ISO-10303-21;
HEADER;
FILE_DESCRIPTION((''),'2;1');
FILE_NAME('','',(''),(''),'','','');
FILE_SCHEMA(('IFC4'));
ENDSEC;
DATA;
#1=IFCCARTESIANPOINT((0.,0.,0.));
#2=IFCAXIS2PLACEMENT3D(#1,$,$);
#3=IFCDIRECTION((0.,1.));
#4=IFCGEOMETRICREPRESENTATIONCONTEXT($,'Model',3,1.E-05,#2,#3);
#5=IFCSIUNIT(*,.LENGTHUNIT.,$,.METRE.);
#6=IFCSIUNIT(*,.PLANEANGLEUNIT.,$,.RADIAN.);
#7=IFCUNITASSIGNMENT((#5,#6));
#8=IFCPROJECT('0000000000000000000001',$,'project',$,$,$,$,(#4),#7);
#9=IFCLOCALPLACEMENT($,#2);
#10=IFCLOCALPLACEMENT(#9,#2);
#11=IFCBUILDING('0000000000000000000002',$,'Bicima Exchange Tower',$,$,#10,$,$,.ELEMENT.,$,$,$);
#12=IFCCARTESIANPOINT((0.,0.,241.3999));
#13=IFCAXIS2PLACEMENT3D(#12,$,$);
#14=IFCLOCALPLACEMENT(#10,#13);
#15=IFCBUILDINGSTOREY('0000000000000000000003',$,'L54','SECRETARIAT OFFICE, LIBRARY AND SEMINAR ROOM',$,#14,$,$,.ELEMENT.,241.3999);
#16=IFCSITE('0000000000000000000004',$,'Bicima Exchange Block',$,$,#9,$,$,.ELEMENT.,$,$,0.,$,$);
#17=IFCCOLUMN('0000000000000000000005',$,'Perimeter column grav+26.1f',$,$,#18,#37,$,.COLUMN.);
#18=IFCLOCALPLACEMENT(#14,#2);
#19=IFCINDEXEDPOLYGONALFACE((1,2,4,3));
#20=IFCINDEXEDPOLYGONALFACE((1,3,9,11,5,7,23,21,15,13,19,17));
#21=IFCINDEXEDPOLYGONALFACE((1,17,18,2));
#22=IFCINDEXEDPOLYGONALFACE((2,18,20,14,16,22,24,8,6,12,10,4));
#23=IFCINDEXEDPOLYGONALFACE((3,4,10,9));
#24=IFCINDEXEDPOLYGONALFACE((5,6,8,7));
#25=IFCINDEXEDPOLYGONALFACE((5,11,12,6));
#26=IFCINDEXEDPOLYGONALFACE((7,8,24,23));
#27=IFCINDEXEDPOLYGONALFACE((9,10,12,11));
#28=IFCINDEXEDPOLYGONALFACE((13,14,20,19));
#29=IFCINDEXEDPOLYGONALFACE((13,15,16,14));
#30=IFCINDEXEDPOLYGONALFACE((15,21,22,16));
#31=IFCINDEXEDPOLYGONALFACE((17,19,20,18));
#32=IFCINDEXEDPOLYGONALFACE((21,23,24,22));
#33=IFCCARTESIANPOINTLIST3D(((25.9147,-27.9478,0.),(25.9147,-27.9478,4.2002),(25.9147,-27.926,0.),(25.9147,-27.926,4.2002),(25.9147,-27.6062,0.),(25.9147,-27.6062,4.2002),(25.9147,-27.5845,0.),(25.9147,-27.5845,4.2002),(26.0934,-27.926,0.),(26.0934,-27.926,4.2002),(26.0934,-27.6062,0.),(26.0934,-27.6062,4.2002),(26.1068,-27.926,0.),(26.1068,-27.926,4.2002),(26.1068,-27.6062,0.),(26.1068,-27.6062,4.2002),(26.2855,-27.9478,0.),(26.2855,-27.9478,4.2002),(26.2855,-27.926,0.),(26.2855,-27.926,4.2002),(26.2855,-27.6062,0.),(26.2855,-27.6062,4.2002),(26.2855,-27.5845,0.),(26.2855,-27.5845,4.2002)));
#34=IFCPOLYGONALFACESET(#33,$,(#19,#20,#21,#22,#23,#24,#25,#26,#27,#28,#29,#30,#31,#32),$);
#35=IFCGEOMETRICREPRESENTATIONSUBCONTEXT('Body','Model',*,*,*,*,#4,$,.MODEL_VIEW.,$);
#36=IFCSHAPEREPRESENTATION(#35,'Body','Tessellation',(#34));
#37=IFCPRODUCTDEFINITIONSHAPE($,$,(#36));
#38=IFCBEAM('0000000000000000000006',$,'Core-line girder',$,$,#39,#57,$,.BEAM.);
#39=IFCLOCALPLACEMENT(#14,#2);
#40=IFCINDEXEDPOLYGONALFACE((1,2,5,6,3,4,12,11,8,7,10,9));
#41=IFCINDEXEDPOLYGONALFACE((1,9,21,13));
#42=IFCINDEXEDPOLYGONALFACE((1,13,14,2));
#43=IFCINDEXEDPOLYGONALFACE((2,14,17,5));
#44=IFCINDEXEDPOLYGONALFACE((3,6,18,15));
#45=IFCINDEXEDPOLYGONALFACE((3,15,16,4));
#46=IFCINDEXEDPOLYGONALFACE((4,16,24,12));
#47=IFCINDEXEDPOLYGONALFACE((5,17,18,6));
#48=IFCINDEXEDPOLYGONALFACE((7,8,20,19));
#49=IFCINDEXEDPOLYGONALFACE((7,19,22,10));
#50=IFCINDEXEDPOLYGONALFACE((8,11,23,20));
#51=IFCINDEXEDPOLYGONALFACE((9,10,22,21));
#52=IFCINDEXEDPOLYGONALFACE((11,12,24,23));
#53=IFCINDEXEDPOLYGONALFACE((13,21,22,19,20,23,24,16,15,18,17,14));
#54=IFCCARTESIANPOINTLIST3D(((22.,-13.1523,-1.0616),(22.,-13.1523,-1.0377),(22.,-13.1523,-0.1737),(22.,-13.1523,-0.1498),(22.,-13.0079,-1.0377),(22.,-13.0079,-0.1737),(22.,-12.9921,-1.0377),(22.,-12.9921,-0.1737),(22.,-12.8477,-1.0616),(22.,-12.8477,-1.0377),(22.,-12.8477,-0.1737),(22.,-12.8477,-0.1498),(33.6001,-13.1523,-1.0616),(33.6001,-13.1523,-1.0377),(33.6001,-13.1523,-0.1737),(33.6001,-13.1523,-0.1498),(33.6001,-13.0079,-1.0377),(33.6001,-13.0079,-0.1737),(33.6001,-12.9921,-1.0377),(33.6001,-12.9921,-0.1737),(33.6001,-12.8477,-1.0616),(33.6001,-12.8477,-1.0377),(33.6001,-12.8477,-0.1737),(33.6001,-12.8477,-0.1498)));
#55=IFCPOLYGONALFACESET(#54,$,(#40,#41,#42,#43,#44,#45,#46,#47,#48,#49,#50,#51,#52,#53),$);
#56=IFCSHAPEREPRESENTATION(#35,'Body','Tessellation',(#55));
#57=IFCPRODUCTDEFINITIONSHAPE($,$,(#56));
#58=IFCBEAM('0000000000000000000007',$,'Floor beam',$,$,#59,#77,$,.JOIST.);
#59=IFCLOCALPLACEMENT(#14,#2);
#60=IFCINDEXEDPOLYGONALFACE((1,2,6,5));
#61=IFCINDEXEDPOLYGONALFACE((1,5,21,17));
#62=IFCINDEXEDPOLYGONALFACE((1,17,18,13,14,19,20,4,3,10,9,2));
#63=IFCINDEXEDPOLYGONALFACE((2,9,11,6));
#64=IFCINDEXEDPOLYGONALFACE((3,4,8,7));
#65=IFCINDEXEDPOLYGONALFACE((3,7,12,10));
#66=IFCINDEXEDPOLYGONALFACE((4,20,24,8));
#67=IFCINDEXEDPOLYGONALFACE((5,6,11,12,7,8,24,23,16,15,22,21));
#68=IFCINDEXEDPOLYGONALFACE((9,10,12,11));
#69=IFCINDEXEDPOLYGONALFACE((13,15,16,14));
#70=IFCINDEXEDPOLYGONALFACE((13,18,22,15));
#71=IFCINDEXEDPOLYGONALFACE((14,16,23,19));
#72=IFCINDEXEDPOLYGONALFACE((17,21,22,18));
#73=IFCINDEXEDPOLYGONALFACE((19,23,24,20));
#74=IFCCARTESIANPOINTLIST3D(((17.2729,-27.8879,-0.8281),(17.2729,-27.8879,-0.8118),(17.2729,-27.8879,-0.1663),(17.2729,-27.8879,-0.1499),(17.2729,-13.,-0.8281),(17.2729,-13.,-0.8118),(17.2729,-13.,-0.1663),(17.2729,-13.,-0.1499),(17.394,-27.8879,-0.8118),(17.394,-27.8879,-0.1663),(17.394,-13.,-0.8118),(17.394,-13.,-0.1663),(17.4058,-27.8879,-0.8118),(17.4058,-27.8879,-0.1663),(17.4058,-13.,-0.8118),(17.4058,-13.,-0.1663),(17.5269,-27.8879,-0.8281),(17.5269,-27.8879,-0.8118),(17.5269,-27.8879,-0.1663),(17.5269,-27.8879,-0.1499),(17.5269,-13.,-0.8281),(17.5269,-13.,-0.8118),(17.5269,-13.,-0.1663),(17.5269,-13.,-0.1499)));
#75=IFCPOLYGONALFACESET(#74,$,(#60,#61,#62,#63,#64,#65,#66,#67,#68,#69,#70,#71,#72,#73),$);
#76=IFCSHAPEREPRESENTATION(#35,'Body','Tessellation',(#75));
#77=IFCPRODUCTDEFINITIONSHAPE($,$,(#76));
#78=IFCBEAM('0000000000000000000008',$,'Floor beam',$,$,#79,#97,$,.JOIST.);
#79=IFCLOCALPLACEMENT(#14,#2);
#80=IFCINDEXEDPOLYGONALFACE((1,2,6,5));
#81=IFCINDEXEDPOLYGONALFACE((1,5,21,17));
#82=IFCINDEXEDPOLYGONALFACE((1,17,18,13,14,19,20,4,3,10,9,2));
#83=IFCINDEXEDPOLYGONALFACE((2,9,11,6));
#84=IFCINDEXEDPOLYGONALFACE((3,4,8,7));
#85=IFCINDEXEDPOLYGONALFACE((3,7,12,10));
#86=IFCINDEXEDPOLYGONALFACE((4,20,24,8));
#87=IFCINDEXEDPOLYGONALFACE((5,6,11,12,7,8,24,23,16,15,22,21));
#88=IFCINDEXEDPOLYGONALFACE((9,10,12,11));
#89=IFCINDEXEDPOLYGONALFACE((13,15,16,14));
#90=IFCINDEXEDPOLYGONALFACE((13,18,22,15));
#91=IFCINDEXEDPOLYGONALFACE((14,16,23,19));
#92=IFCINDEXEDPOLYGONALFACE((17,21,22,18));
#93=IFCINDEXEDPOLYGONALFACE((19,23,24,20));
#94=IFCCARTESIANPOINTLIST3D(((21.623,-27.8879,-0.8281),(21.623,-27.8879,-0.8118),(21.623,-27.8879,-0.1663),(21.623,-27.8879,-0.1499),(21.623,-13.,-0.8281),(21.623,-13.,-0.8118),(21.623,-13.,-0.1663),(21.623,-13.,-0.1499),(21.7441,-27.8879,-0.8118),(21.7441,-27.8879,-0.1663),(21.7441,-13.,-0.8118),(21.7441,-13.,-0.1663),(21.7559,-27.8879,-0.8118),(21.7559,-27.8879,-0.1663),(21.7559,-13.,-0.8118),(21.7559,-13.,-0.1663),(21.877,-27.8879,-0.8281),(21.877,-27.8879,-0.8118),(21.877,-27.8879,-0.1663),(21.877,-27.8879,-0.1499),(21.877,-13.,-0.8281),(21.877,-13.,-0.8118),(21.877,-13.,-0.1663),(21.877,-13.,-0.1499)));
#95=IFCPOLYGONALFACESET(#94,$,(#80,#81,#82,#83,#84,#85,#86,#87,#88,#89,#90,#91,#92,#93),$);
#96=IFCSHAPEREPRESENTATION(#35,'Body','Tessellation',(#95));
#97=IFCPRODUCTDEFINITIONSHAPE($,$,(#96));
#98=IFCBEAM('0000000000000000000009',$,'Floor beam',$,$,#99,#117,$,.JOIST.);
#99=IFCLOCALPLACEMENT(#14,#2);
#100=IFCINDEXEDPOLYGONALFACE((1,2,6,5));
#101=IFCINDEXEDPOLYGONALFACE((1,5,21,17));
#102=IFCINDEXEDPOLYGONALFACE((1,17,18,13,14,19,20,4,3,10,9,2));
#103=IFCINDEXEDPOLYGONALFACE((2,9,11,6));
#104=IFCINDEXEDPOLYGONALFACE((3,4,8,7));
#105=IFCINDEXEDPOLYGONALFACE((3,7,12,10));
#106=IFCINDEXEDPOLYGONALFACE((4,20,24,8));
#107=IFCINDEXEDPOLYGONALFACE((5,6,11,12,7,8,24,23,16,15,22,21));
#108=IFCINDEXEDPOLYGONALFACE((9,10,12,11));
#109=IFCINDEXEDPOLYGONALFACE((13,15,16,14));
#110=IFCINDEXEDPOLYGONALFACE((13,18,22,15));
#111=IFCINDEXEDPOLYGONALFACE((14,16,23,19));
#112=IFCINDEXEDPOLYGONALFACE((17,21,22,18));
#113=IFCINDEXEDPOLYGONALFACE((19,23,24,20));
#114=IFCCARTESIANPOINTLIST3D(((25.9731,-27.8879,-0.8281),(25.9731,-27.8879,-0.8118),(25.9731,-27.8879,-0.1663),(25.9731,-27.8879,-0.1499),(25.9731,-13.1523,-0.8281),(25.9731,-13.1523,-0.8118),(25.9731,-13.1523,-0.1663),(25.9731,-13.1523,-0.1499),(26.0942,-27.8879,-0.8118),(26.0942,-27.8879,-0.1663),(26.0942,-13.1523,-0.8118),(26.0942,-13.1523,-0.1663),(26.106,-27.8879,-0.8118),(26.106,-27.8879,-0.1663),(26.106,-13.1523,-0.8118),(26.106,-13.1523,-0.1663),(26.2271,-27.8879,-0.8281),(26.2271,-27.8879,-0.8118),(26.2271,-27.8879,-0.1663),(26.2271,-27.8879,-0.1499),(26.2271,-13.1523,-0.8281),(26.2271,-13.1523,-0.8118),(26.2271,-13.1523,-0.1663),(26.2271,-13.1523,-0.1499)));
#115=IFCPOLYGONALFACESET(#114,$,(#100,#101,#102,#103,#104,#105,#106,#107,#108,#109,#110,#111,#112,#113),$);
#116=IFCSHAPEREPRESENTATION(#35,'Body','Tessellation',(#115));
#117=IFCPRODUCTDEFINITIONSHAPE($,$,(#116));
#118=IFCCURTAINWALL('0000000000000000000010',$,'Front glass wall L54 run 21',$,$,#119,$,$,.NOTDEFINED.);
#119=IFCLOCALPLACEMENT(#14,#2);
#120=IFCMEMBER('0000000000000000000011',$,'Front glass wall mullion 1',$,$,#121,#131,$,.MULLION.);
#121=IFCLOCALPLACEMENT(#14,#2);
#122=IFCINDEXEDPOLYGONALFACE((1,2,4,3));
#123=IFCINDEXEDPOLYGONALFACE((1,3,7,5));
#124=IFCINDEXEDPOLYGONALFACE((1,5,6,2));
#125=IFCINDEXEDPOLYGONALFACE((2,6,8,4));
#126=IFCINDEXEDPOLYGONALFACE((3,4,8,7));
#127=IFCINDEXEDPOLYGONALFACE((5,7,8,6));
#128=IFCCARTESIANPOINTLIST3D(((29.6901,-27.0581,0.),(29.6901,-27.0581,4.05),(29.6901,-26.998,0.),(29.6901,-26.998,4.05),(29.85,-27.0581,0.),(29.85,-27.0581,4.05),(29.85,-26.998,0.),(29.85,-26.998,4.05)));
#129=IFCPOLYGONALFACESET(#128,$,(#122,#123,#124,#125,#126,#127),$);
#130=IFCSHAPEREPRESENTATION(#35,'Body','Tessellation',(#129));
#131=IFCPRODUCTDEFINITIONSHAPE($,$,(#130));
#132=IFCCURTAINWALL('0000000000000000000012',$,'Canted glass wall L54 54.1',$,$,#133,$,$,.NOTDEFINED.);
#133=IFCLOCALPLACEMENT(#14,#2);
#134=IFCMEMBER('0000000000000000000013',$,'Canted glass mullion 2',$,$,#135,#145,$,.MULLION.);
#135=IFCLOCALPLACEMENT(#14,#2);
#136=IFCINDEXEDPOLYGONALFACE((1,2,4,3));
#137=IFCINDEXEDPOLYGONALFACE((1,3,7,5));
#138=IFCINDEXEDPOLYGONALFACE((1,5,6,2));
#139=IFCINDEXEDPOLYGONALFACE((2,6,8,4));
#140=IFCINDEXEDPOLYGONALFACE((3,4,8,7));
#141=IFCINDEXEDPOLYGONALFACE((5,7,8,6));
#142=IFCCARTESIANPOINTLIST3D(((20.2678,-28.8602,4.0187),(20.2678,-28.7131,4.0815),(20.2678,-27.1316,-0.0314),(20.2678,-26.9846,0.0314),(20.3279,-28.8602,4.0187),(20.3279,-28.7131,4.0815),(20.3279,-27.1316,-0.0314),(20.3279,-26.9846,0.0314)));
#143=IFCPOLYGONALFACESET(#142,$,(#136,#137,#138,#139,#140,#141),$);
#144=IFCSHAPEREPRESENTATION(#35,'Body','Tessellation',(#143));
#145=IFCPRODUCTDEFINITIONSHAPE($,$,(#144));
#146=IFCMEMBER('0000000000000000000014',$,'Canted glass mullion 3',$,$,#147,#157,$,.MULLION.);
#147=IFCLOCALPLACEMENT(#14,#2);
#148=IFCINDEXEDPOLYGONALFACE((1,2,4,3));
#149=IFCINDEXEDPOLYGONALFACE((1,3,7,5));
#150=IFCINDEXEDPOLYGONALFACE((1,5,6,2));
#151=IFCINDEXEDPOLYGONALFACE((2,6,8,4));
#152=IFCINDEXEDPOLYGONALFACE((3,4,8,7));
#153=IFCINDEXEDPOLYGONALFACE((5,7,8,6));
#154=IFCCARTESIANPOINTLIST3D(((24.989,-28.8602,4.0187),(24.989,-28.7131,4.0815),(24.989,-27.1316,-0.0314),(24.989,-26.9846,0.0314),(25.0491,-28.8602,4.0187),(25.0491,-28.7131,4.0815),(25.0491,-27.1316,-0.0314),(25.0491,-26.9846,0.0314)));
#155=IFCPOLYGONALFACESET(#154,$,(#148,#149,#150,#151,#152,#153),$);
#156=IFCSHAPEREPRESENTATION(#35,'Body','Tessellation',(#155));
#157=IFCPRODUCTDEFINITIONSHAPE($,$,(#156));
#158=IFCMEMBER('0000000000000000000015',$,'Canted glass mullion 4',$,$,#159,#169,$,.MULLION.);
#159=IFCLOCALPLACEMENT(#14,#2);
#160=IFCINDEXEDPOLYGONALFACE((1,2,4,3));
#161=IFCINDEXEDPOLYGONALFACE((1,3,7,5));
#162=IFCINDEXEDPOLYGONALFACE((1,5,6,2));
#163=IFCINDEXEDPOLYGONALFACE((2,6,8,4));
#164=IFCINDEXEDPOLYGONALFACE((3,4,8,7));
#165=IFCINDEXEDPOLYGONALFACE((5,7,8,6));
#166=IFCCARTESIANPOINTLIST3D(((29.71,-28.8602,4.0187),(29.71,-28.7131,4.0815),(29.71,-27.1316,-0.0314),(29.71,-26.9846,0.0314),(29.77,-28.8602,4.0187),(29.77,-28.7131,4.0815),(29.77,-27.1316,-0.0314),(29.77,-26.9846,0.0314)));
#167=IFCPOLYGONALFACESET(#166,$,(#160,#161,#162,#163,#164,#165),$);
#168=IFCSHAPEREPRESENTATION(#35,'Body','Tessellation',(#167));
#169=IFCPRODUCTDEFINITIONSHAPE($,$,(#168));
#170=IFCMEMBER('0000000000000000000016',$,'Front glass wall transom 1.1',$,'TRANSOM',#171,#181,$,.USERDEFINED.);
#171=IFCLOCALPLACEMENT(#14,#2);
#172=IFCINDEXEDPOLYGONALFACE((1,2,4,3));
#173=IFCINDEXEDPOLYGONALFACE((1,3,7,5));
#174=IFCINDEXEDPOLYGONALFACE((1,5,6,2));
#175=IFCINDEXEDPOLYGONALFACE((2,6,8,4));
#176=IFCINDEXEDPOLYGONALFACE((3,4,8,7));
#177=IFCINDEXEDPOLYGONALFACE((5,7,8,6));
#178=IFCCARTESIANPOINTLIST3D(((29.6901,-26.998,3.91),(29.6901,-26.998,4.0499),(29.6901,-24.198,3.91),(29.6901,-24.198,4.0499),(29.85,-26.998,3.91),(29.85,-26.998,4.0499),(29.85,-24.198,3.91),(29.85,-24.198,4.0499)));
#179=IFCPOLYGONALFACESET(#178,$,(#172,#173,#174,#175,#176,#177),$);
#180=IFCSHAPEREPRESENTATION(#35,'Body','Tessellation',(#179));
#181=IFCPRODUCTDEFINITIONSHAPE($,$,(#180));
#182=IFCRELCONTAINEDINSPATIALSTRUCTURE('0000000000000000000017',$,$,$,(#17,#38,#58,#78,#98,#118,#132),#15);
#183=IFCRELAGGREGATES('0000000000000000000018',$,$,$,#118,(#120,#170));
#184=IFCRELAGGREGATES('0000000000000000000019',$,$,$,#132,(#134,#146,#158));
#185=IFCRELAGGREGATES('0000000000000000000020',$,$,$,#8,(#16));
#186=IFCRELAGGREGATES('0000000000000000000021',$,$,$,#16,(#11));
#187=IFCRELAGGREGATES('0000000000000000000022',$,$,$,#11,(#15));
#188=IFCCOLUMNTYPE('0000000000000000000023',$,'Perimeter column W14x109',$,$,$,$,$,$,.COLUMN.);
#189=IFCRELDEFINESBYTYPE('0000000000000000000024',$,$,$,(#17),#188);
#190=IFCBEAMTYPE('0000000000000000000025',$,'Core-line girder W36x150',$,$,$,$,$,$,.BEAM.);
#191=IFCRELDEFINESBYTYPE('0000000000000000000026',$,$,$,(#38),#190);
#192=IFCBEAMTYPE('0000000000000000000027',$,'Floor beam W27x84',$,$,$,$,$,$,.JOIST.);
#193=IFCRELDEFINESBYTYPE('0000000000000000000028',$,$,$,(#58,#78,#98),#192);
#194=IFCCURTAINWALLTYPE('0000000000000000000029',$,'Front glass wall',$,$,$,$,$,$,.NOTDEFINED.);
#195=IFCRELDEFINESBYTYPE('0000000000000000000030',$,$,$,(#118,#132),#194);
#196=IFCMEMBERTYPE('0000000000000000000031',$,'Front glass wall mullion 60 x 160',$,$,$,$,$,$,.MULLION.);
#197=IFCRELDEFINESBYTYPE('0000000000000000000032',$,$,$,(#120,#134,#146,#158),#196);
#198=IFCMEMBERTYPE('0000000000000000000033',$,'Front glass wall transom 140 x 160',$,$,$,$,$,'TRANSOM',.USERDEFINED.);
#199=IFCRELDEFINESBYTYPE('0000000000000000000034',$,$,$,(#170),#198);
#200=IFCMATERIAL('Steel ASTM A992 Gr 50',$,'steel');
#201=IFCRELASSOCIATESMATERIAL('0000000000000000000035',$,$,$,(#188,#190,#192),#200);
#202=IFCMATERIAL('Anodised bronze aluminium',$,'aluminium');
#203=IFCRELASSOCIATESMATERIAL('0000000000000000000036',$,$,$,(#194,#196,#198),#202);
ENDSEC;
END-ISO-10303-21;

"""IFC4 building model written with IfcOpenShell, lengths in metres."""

from ifc_helpers import new_model, si_unit, direction, frame, origin, origin_2d, place, context, subcontext, project, spatial, rectangle, i_section, extrude, material, material_profile, profile_set, type_object, element, aggregate, save


model = new_model("IFC4")

# Units and contexts
model_context = context("Model", 3, precision=1e-05, world=origin(), true_north=direction((0.0, 1.0)))
body_context = subcontext(model_context, "Body", "Model", "MODEL_VIEW")
ifc_project = project(units=[si_unit("LENGTHUNIT", "METRE"), si_unit("PLANEANGLEUNIT", "RADIAN")], contexts=[model_context])

# Site, building, storey
site_placement = place(None, origin())
site = spatial("IfcSite", under=ifc_project, at=site_placement, Name="Bicima Exchange Block", CompositionType="ELEMENT", RefElevation=0.0)
building_placement = place(site_placement, origin())
building = spatial("IfcBuilding", under=site, at=building_placement, Name="Bicima Exchange Tower", CompositionType="ELEMENT")
storey_placement = place(building_placement, frame((0.0, 0.0, 241.3999)))
storey = spatial("IfcBuildingStorey", under=building, at=storey_placement, Name="L54", Description="SECRETARIAT OFFICE, LIBRARY AND SEMINAR ROOM", CompositionType="ELEMENT", Elevation=241.3999)

# Column
ifc_material_1 = material(Name="Steel ASTM A992 Gr 50", Category="steel")
ifc_material_profile_1 = material_profile(ifc_material_1, i_section(OverallWidth=0.3708, OverallDepth=0.3633, WebThickness=0.0134, FlangeThickness=0.0217, at=origin_2d()))
ifc_profile_set_1 = profile_set([ifc_material_profile_1], Name="Steel ASTM A992 Gr 50")
column_type = type_object("IfcColumnType", Name="Perimeter column W14x109", PredefinedType="COLUMN", material=ifc_profile_set_1)
column_placement = place(storey_placement, frame((26.1001, -27.7661, 0.0), z_axis=(0.0, 0.0, 1.0), x_axis=(1.0, 0.0, 0.0)))
element("IfcColumn", 1, at=column_placement, inside=storey, type_object=column_type, Name="Perimeter column grav+26.1f", PredefinedType="COLUMN", context=body_context, shape_type="SweptSolid", body=[
    extrude(i_section(OverallWidth=0.3708, OverallDepth=0.3633, WebThickness=0.0134, FlangeThickness=0.0217, at=origin_2d()), origin(), (0.0, 0.0, 1.0), 4.2002),
])

# Beams
ifc_material_profile_2 = material_profile(ifc_material_1, i_section(OverallWidth=0.3047, OverallDepth=0.9119, WebThickness=0.0159, FlangeThickness=0.0239, at=origin_2d()))
ifc_profile_set_2 = profile_set([ifc_material_profile_2], Name="Steel ASTM A992 Gr 50")
beam_type_1 = type_object("IfcBeamType", Name="Core-line girder W36x150", PredefinedType="BEAM", material=ifc_profile_set_2)
beam_1_placement = place(storey_placement, frame((22.0, -13.0, -0.6057), z_axis=(1.0, 0.0, 0.0), x_axis=(0.0, 1.0, 0.0)))
element("IfcBeam", 2, at=beam_1_placement, inside=storey, type_object=beam_type_1, Name="Core-line girder", PredefinedType="BEAM", context=body_context, shape_type="SweptSolid", body=[
    extrude(i_section(OverallWidth=0.3047, OverallDepth=0.9119, WebThickness=0.0159, FlangeThickness=0.0239, at=origin_2d()), origin(), (0.0, 0.0, 1.0), 11.6001),
])
ifc_material_profile_3 = material_profile(ifc_material_1, i_section(OverallWidth=0.2539, OverallDepth=0.6782, WebThickness=0.0117, FlangeThickness=0.0164, at=origin_2d()))
ifc_profile_set_3 = profile_set([ifc_material_profile_3], Name="Steel ASTM A992 Gr 50")
beam_type_2 = type_object("IfcBeamType", Name="Floor beam W27x84", PredefinedType="JOIST", material=ifc_profile_set_3)
for number, where, z_axis, x_axis, name in (
    (3, (17.3999, -13.0, -0.489), (0.0, -1.0, 0.0), (1.0, 0.0, 0.0), "Floor beam"),
    (4, (21.75, -13.0, -0.489), (0.0, -1.0, 0.0), (1.0, 0.0, 0.0), "Floor beam"),
):
    element("IfcBeam", number, at=place(storey_placement, frame(where, z_axis=z_axis, x_axis=x_axis)), inside=storey, type_object=beam_type_2, Name=name, PredefinedType="JOIST", context=body_context, shape_type="SweptSolid", body=[
        extrude(i_section(OverallWidth=0.2539, OverallDepth=0.6782, WebThickness=0.0117, FlangeThickness=0.0164, at=origin_2d()), origin(), (0.0, 0.0, 1.0), 14.8879),
    ])
beam_2_placement = place(storey_placement, frame((26.1001, -13.1523, -0.489), z_axis=(0.0, -1.0, 0.0), x_axis=(1.0, 0.0, 0.0)))
element("IfcBeam", 5, at=beam_2_placement, inside=storey, type_object=beam_type_2, Name="Floor beam", PredefinedType="JOIST", context=body_context, shape_type="SweptSolid", body=[
    extrude(i_section(OverallWidth=0.2539, OverallDepth=0.6782, WebThickness=0.0117, FlangeThickness=0.0164, at=origin_2d()), origin(), (0.0, 0.0, 1.0), 14.7356),
])

# Curtain wall, member
ifc_material_2 = material(Name="Anodised bronze aluminium", Category="aluminium")
curtain_wall_type = type_object("IfcCurtainWallType", Name="Front glass wall", PredefinedType="NOTDEFINED", material=ifc_material_2)
curtain_wall_1_placement = place(storey_placement, origin())
curtain_wall_1 = element("IfcCurtainWall", 6, at=curtain_wall_1_placement, inside=storey, type_object=curtain_wall_type, Name="Front glass wall L54 run 21", PredefinedType="NOTDEFINED")
ifc_material_profile_4 = material_profile(ifc_material_2, rectangle(XDim=0.1599, YDim=0.0601, at=origin_2d()))
ifc_profile_set_4 = profile_set([ifc_material_profile_4], Name="Anodised bronze aluminium")
member_type_1 = type_object("IfcMemberType", Name="Front glass wall mullion 60 x 160", PredefinedType="MULLION", material=ifc_profile_set_4)
member_1_placement = place(storey_placement, frame((29.77, -27.0281, 0.0), z_axis=(0.0, 0.0, 1.0), x_axis=(-1.0, 0.0, 0.0)))
member_1 = element("IfcMember", 7, at=member_1_placement, type_object=member_type_1, Name="Front glass wall mullion 1", PredefinedType="MULLION", context=body_context, shape_type="SweptSolid", body=[
    extrude(rectangle(XDim=0.1599, YDim=0.0601, at=origin_2d()), origin(), (0.0, 0.0, 1.0), 4.05),
])

# Curtain wall, members
curtain_wall_2_placement = place(storey_placement, origin())
curtain_wall_2 = element("IfcCurtainWall", 8, at=curtain_wall_2_placement, inside=storey, type_object=curtain_wall_type, Name="Canted glass wall L54 54.1", PredefinedType="NOTDEFINED")
member_2_placement = place(storey_placement, frame((20.2979, -27.0581, 0.0), z_axis=(0.0, -0.392534, 0.919738), x_axis=(0.0, 0.919738, 0.392534)))
member_2 = element("IfcMember", 9, at=member_2_placement, type_object=member_type_1, Name="Canted glass mullion 2", PredefinedType="MULLION", context=body_context, shape_type="SweptSolid", body=[
    extrude(rectangle(XDim=0.1599, YDim=0.0601, at=origin_2d()), origin(), (0.0, 0.0, 1.0), 4.4036),
])
member_3_placement = place(storey_placement, frame((25.019, -27.0581, 0.0), z_axis=(0.0, -0.392534, 0.919738), x_axis=(0.0, 0.919738, 0.392534)))
member_3 = element("IfcMember", 10, at=member_3_placement, type_object=member_type_1, Name="Canted glass mullion 3", PredefinedType="MULLION", context=body_context, shape_type="SweptSolid", body=[
    extrude(rectangle(XDim=0.1599, YDim=0.0601, at=origin_2d()), origin(), (0.0, 0.0, 1.0), 4.4036),
])
member_4_placement = place(storey_placement, frame((29.74, -27.0581, 0.0), z_axis=(0.0, -0.392534, 0.919738), x_axis=(0.0, 0.919738, 0.392534)))
member_4 = element("IfcMember", 11, at=member_4_placement, type_object=member_type_1, Name="Canted glass mullion 4", PredefinedType="MULLION", context=body_context, shape_type="SweptSolid", body=[
    extrude(rectangle(XDim=0.1599, YDim=0.0601, at=origin_2d()), origin(), (0.0, 0.0, 1.0), 4.4036),
])

# Member
ifc_material_profile_5 = material_profile(ifc_material_2, rectangle(XDim=0.1599, YDim=0.1399, at=origin_2d()))
ifc_profile_set_5 = profile_set([ifc_material_profile_5], Name="Anodised bronze aluminium")
member_type_2 = type_object("IfcMemberType", Name="Front glass wall transom 140 x 160", ElementType="TRANSOM", PredefinedType="USERDEFINED", material=ifc_profile_set_5)
member_5_placement = place(storey_placement, frame((29.77, -26.998, 3.98), z_axis=(0.0, 1.0, 0.0), x_axis=(-1.0, 0.0, 0.0)))
member_5 = element("IfcMember", 12, at=member_5_placement, type_object=member_type_2, Name="Front glass wall transom 1.1", ObjectType="TRANSOM", PredefinedType="USERDEFINED", context=body_context, shape_type="SweptSolid", body=[
    extrude(rectangle(XDim=0.1599, YDim=0.1399, at=origin_2d()), origin(), (0.0, 0.0, 1.0), 2.8),
])

aggregate(curtain_wall_1, [member_1, member_5])
aggregate(curtain_wall_2, [member_2, member_3, member_4])

save(model, "model.ifc")
